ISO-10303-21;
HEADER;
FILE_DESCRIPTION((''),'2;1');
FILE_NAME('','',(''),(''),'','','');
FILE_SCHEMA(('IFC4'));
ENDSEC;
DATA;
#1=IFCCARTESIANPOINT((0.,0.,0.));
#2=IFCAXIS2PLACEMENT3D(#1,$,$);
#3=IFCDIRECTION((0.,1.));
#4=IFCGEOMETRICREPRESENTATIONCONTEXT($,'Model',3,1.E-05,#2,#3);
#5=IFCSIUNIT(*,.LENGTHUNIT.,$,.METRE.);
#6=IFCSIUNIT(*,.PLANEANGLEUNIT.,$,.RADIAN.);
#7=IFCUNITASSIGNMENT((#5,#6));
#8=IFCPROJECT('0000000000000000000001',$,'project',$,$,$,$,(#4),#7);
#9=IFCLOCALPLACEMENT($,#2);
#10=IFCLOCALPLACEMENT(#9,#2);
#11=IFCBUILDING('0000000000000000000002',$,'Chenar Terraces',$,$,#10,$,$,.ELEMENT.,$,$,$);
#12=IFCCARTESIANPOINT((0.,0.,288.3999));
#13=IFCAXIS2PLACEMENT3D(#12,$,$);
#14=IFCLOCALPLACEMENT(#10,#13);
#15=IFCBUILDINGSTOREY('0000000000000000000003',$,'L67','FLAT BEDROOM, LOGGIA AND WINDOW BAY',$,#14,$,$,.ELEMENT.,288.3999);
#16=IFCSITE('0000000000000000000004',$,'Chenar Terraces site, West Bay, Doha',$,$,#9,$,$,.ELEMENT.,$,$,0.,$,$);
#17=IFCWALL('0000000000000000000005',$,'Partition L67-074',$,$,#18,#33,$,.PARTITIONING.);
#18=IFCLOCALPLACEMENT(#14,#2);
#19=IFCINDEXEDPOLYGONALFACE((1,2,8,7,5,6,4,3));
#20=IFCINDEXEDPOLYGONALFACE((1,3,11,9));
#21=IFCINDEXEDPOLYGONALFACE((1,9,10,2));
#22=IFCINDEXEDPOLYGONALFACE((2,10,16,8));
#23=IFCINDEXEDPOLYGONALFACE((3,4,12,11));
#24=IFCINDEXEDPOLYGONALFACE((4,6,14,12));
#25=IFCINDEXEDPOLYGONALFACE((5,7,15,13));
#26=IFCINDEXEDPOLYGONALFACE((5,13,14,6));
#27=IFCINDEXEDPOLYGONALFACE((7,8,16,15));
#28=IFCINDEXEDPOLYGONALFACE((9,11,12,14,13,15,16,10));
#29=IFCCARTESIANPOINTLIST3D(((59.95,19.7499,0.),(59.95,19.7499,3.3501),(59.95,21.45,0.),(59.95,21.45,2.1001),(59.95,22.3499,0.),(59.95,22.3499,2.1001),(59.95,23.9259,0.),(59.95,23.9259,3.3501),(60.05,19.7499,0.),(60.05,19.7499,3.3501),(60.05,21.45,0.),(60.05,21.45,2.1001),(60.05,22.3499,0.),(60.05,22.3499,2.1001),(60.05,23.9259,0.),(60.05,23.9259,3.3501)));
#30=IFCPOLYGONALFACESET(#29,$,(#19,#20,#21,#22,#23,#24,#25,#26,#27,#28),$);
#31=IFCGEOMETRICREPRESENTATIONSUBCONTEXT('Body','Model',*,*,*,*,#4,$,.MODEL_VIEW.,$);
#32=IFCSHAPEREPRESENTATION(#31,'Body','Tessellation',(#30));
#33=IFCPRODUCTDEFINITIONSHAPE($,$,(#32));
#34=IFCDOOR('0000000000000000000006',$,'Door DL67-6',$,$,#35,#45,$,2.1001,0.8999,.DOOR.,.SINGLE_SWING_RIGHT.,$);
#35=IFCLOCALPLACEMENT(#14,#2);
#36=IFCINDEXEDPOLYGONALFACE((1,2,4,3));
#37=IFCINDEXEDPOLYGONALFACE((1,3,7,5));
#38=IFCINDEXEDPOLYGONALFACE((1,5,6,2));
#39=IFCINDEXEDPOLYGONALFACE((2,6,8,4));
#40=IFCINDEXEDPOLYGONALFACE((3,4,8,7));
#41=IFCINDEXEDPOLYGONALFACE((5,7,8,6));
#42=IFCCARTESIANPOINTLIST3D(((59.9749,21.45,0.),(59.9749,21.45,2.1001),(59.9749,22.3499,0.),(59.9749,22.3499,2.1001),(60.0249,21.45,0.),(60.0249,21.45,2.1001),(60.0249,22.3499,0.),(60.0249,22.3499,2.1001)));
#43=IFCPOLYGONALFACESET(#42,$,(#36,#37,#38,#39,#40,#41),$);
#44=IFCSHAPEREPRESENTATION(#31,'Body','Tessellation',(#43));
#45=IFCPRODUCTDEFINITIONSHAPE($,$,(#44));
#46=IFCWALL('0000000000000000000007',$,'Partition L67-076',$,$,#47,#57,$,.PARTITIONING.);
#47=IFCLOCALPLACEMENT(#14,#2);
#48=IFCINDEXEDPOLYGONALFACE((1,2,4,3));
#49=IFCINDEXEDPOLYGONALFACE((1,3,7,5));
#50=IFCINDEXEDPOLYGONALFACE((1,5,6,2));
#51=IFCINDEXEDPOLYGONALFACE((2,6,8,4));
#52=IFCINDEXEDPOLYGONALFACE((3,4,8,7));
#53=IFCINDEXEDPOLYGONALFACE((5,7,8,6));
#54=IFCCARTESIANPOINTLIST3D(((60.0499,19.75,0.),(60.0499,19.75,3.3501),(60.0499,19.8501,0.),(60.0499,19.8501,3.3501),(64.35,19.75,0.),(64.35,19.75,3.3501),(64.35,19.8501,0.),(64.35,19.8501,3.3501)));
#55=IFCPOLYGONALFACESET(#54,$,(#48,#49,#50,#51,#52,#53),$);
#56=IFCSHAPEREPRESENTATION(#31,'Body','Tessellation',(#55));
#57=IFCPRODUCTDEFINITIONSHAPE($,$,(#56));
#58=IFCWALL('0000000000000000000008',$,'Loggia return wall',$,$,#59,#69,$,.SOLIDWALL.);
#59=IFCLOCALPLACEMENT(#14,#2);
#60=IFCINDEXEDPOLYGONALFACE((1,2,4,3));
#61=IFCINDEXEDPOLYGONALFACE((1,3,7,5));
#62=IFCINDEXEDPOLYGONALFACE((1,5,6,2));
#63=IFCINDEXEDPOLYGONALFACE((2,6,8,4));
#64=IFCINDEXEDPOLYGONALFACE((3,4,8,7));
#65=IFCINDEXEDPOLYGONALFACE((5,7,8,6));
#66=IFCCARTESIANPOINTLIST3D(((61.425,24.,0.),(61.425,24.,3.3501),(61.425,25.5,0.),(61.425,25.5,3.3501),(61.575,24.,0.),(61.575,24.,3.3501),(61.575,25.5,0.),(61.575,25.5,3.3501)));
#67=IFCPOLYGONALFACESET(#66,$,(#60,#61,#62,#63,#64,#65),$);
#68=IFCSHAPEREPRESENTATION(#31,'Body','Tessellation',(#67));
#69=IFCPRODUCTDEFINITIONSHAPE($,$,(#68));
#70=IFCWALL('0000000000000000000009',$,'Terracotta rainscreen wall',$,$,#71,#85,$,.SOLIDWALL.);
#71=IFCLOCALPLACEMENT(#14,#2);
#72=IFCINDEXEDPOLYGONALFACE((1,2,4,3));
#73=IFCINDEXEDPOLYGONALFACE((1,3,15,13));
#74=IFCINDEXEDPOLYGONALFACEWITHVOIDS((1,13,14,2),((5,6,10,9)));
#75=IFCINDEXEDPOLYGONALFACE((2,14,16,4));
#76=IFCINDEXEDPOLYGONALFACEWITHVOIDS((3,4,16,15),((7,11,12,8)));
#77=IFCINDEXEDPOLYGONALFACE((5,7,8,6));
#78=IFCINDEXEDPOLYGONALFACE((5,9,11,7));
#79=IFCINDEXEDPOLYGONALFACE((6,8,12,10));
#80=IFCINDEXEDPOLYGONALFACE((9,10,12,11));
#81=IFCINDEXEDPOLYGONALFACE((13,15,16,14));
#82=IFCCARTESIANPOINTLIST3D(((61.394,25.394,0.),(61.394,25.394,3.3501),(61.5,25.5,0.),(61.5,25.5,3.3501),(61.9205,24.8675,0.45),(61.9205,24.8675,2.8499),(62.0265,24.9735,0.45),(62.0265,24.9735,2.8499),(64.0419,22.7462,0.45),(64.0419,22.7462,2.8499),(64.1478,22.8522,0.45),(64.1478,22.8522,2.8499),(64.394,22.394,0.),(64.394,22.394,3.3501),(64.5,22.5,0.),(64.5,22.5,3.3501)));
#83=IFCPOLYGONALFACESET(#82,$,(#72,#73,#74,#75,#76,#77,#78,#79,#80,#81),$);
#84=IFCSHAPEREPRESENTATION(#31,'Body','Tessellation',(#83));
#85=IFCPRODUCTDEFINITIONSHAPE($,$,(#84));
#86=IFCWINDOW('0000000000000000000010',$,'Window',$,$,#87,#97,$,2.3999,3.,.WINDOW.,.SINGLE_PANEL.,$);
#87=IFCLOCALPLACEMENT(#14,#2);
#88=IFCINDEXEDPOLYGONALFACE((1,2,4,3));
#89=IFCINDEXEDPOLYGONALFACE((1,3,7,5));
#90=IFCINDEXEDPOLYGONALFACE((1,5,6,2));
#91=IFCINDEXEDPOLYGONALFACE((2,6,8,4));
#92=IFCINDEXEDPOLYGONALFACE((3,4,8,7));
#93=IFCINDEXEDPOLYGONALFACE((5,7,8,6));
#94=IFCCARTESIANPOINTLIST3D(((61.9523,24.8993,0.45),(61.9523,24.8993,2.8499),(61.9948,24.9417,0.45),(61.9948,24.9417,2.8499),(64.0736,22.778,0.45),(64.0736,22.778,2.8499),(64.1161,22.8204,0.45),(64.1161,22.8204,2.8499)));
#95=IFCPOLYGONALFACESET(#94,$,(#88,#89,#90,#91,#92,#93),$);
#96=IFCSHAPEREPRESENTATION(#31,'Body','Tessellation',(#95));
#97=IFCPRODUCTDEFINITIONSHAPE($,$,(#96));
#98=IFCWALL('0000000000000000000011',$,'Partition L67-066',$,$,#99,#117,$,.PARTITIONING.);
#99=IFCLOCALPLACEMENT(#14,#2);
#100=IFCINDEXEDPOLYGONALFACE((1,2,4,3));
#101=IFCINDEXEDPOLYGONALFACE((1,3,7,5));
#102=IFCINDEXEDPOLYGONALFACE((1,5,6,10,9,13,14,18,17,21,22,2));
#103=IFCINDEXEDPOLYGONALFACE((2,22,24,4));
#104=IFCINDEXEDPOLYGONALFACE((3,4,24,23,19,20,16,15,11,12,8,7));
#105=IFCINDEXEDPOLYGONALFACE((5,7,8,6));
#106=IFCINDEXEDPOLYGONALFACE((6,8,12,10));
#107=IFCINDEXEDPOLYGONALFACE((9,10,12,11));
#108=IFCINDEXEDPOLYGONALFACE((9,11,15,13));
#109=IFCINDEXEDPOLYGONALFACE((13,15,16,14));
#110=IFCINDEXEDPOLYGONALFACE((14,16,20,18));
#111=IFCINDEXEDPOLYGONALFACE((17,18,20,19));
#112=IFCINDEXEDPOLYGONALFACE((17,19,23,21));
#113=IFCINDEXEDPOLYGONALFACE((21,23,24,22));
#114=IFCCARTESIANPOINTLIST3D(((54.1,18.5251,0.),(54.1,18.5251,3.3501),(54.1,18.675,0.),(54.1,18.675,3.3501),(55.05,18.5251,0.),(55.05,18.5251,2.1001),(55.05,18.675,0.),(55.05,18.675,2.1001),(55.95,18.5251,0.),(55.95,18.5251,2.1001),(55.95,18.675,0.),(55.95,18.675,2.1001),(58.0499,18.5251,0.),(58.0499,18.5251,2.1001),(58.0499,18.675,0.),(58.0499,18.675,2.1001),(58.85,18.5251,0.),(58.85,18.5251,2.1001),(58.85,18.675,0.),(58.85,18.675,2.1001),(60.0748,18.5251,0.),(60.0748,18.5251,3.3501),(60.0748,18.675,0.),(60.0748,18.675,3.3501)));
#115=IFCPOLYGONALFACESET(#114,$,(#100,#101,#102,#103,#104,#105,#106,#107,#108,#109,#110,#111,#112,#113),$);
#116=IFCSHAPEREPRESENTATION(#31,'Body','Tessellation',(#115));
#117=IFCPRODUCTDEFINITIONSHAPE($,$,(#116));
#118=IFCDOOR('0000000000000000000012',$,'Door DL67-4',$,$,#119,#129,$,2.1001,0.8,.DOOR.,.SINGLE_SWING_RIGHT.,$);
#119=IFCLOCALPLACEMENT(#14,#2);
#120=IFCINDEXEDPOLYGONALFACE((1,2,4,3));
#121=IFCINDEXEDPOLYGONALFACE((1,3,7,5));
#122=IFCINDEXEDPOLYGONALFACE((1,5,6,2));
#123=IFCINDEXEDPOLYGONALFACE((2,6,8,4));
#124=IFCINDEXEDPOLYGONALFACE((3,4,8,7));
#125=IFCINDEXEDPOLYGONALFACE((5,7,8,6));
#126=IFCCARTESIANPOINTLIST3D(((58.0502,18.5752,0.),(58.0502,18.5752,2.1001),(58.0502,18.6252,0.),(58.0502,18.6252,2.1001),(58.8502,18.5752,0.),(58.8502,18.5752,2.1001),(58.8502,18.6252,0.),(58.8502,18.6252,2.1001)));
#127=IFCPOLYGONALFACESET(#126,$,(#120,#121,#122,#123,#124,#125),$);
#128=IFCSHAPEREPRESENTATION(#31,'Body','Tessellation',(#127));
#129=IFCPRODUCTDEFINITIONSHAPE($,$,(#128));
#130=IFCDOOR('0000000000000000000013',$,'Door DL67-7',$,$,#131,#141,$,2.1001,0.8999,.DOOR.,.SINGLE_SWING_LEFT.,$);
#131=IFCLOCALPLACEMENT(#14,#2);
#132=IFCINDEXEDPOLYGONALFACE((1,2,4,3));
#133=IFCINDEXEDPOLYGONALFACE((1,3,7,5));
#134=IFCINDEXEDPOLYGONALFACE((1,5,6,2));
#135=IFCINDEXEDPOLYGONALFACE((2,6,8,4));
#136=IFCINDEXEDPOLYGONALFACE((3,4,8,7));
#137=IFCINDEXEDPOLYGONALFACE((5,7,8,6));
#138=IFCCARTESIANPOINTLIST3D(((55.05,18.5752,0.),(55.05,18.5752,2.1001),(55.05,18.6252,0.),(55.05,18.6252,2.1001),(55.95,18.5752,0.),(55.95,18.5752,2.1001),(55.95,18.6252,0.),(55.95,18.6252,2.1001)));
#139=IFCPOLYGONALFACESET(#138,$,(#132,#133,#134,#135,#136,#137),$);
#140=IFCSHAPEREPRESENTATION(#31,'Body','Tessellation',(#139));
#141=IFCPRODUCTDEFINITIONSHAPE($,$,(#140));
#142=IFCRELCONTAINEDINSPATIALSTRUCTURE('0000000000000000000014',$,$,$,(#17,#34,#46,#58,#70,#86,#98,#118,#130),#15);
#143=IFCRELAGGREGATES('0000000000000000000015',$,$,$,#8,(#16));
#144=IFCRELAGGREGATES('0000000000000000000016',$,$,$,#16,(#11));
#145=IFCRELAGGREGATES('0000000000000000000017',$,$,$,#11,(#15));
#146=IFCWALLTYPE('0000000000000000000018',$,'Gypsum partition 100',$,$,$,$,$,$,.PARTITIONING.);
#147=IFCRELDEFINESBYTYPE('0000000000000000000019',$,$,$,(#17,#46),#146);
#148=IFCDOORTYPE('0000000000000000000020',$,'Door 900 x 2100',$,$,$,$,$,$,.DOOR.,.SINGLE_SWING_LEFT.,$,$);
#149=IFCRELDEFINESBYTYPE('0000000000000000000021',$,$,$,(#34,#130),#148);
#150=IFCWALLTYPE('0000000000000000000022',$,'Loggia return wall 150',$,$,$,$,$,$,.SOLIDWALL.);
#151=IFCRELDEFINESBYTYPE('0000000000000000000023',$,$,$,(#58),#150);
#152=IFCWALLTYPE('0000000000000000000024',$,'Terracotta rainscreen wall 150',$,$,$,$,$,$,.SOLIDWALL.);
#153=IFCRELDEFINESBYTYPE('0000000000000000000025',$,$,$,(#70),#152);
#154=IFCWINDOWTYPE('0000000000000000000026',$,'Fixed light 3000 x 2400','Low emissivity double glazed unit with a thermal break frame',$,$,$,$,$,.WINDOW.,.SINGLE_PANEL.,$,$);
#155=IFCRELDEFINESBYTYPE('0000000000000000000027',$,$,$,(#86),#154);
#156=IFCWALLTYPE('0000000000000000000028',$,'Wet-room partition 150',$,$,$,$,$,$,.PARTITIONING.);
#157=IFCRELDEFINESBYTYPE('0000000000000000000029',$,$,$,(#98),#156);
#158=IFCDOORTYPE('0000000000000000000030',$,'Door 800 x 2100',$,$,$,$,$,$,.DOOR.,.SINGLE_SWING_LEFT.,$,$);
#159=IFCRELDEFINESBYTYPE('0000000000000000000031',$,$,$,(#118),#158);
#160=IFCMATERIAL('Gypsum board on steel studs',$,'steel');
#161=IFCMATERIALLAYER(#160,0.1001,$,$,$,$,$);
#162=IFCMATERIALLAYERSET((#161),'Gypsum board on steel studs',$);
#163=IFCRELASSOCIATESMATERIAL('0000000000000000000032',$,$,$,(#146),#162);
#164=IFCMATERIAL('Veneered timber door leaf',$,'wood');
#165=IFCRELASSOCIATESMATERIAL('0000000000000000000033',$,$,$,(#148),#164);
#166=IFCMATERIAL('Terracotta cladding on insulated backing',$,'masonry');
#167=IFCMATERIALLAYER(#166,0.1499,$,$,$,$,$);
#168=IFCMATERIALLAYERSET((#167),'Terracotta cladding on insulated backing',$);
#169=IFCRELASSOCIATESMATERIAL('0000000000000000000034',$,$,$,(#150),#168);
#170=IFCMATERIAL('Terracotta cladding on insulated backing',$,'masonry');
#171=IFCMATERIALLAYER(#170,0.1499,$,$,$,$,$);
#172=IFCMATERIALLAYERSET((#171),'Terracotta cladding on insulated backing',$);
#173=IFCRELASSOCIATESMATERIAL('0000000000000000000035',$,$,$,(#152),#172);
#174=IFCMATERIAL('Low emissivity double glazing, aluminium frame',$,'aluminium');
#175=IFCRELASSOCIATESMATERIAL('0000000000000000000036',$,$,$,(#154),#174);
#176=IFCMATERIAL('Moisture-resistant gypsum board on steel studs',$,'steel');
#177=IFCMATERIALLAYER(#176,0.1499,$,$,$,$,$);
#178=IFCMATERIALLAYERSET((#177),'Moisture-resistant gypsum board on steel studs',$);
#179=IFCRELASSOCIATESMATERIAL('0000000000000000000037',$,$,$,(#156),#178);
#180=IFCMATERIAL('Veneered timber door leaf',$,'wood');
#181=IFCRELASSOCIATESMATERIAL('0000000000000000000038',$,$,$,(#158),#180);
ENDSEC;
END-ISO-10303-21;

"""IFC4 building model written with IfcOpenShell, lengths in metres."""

from ifc_helpers import new_model, si_unit, direction, frame, frame_2d, origin, place, context, subcontext, project, spatial, rectangle, extrude, material, layer, layer_set, type_object, element, fill, save


model = new_model("IFC4")

# Units and contexts
model_context = context("Model", 3, precision=1e-05, world=origin(), true_north=direction((0.0, 1.0)))
body_context = subcontext(model_context, "Body", "Model", "MODEL_VIEW")
ifc_project = project(units=[si_unit("LENGTHUNIT", "METRE"), si_unit("PLANEANGLEUNIT", "RADIAN")], contexts=[model_context])

# Site, building, storey
site_placement = place(None, origin())
site = spatial("IfcSite", under=ifc_project, at=site_placement, Name="Chenar Terraces site, West Bay, Doha", CompositionType="ELEMENT", RefElevation=0.0)
building_placement = place(site_placement, origin())
building = spatial("IfcBuilding", under=site, at=building_placement, Name="Chenar Terraces", CompositionType="ELEMENT")
storey_placement = place(building_placement, frame((0.0, 0.0, 288.3999)))
storey = spatial("IfcBuildingStorey", under=building, at=storey_placement, Name="L67", Description="FLAT BEDROOM, LOGGIA AND WINDOW BAY", CompositionType="ELEMENT", Elevation=288.3999)

# Shared definitions
ifc_material_1 = material(Name="Gypsum board on steel studs", Category="steel")
ifc_layer_1 = layer(ifc_material_1, 0.1001)
ifc_layer_set_1 = layer_set([ifc_layer_1], Name="Gypsum board on steel studs")
wall_type_1 = type_object("IfcWallType", Name="Gypsum partition 100", PredefinedType="PARTITIONING", material=ifc_layer_set_1)

# Wall, opening, door
ifc_material_2 = material(Name="Veneered timber door leaf", Category="wood")
door_type_1 = type_object("IfcDoorType", Name="Door 900 x 2100", OperationType="SINGLE_SWING_LEFT", PredefinedType="DOOR", material=ifc_material_2)
wall_1_placement = place(storey_placement, frame((60.0, 19.75, 0.0), z_axis=(0.0, 0.0, 1.0), x_axis=(0.0, 1.0, 0.0)))
wall_1 = element("IfcWall", 1, at=wall_1_placement, inside=storey, type_object=wall_type_1, Name="Partition L67-074", PredefinedType="PARTITIONING", context=body_context, shape_type="SweptSolid", body=[
    extrude(rectangle(XDim=4.176, YDim=0.1001, at=frame_2d((2.0879, 0.0))), origin(), (0.0, 0.0, 1.0), 3.3501),
])
opening_1_placement = place(wall_1_placement, frame((1.7, 0.0, 0.0)))
opening_1 = element("IfcOpeningElement", 2, at=opening_1_placement, cuts=wall_1, PredefinedType="OPENING", context=body_context, shape_type="SweptSolid", body=[
    extrude(rectangle(XDim=0.8999, YDim=2.1001, at=frame_2d((0.45, 1.05))), frame((0.0, 0.0601, 0.0), z_axis=(0.0, -1.0, 0.0), x_axis=(1.0, 0.0, 0.0)), (0.0, 0.0, 1.0), 0.1201),
])
door_1_placement = place(opening_1_placement, frame((0.8999, 0.0, 0.0), z_axis=(0.0, 0.0, 1.0), x_axis=(-1.0, 0.0, 0.0)))
door_1 = element("IfcDoor", 3, at=door_1_placement, inside=storey, type_object=door_type_1, Name="Door DL67-6", OperationType="SINGLE_SWING_RIGHT", OverallHeight=2.1001, OverallWidth=0.8999, PredefinedType="DOOR", context=body_context, shape_type="SweptSolid", body=[
    extrude(rectangle(XDim=0.8999, YDim=2.1001, at=frame_2d((0.45, 1.05))), frame((0.0, 0.0249, 0.0), z_axis=(0.0, -1.0, 0.0), x_axis=(1.0, 0.0, 0.0)), (0.0, 0.0, 1.0), 0.05),
])
fill(opening_1, door_1)

# Walls
wall_2_placement = place(storey_placement, frame((60.05, 19.8, 0.0), z_axis=(0.0, 0.0, 1.0), x_axis=(1.0, 0.0, 0.0)))
element("IfcWall", 4, at=wall_2_placement, inside=storey, type_object=wall_type_1, Name="Partition L67-076", PredefinedType="PARTITIONING", context=body_context, shape_type="SweptSolid", body=[
    extrude(rectangle(XDim=4.3, YDim=0.1001, at=frame_2d((2.1499, 0.0))), origin(), (0.0, 0.0, 1.0), 3.3501),
])
ifc_material_3 = material(Name="Terracotta cladding on insulated backing", Category="masonry")
ifc_layer_2 = layer(ifc_material_3, 0.1499)
ifc_layer_set_2 = layer_set([ifc_layer_2], Name="Terracotta cladding on insulated backing")
wall_type_2 = type_object("IfcWallType", Name="Loggia return wall 150", PredefinedType="SOLIDWALL", material=ifc_layer_set_2)
wall_3_placement = place(storey_placement, frame((61.5, 25.5, 0.0), z_axis=(0.0, 0.0, 1.0), x_axis=(0.0, -1.0, 0.0)))
element("IfcWall", 5, at=wall_3_placement, inside=storey, type_object=wall_type_2, Name="Loggia return wall", PredefinedType="SOLIDWALL", context=body_context, shape_type="SweptSolid", body=[
    extrude(rectangle(XDim=1.5, YDim=0.1499, at=frame_2d((0.75, 0.0))), origin(), (0.0, 0.0, 1.0), 3.3501),
])

# Wall, opening, window
ifc_material_4 = material(Name="Terracotta cladding on insulated backing", Category="masonry")
ifc_layer_3 = layer(ifc_material_4, 0.1499)
ifc_layer_set_3 = layer_set([ifc_layer_3], Name="Terracotta cladding on insulated backing")
wall_type_3 = type_object("IfcWallType", Name="Terracotta rainscreen wall 150", PredefinedType="SOLIDWALL", material=ifc_layer_set_3)
wall_4_placement = place(storey_placement, frame((64.447, 22.447, 0.0), z_axis=(0.0, 0.0, 1.0), x_axis=(-0.707107, 0.707107, 0.0)))
wall_4 = element("IfcWall", 6, at=wall_4_placement, inside=storey, type_object=wall_type_3, Name="Terracotta rainscreen wall", PredefinedType="SOLIDWALL", context=body_context, shape_type="SweptSolid", body=[
    extrude(rectangle(XDim=4.2427, YDim=0.1499, at=frame_2d((2.1213, 0.0))), origin(), (0.0, 0.0, 1.0), 3.3501),
])
opening_2_placement = place(wall_4_placement, frame((0.498, 0.0, 0.45)))
opening_2 = element("IfcOpeningElement", 7, at=opening_2_placement, cuts=wall_4, PredefinedType="OPENING", context=body_context, shape_type="SweptSolid", body=[
    extrude(rectangle(XDim=3.0, YDim=2.3999, at=frame_2d((1.5, 1.2))), frame((0.0, 0.085, 0.0), z_axis=(0.0, -1.0, 0.0), x_axis=(1.0, 0.0, 0.0)), (0.0, 0.0, 1.0), 0.1699),
])
ifc_material_5 = material(Name="Low emissivity double glazing, aluminium frame", Category="aluminium")
window_type_1 = type_object("IfcWindowType", Name="Fixed light 3000 x 2400", Description="Low emissivity double glazed unit with a thermal break frame", PartitioningType="SINGLE_PANEL", PredefinedType="WINDOW", material=ifc_material_5)
window_1_placement = place(opening_2_placement, origin())
window_1 = element("IfcWindow", 8, at=window_1_placement, inside=storey, type_object=window_type_1, Name="Window", OverallHeight=2.3999, OverallWidth=3.0, PartitioningType="SINGLE_PANEL", PredefinedType="WINDOW", context=body_context, shape_type="SweptSolid", body=[
    extrude(rectangle(XDim=3.0, YDim=2.3999, at=frame_2d((1.5, 1.2))), frame((0.0, 0.03, 0.0), z_axis=(0.0, -1.0, 0.0), x_axis=(1.0, 0.0, 0.0)), (0.0, 0.0, 1.0), 0.0601),
])
fill(opening_2, window_1)

# Wall, openings, doors
ifc_material_6 = material(Name="Moisture-resistant gypsum board on steel studs", Category="steel")
ifc_layer_4 = layer(ifc_material_6, 0.1499)
ifc_layer_set_4 = layer_set([ifc_layer_4], Name="Moisture-resistant gypsum board on steel studs")
wall_type_4 = type_object("IfcWallType", Name="Wet-room partition 150", PredefinedType="PARTITIONING", material=ifc_layer_set_4)
wall_5_placement = place(storey_placement, frame((54.1001, 18.6001, 0.0), z_axis=(0.0, 0.0, 1.0), x_axis=(1.0, 0.0, 0.0)))
wall_5 = element("IfcWall", 9, at=wall_5_placement, inside=storey, type_object=wall_type_4, Name="Partition L67-066", PredefinedType="PARTITIONING", context=body_context, shape_type="SweptSolid", body=[
    extrude(rectangle(XDim=5.9749, YDim=0.1499, at=frame_2d((2.9873, 0.0))), origin(), (0.0, 0.0, 1.0), 3.3501),
])
opening_3_placement = place(wall_5_placement, frame((3.95, 0.0, 0.0)))
opening_3 = element("IfcOpeningElement", 10, at=opening_3_placement, cuts=wall_5, PredefinedType="OPENING", context=body_context, shape_type="SweptSolid", body=[
    extrude(rectangle(XDim=0.8, YDim=2.1001, at=frame_2d((0.3999, 1.05))), frame((0.0, 0.085, 0.0), z_axis=(0.0, -1.0, 0.0), x_axis=(1.0, 0.0, 0.0)), (0.0, 0.0, 1.0), 0.1699),
])
opening_4_placement = place(wall_5_placement, frame((0.95, 0.0, 0.0)))
opening_4 = element("IfcOpeningElement", 11, at=opening_4_placement, cuts=wall_5, PredefinedType="OPENING", context=body_context, shape_type="SweptSolid", body=[
    extrude(rectangle(XDim=0.8999, YDim=2.1001, at=frame_2d((0.45, 1.05))), frame((0.0, 0.085, 0.0), z_axis=(0.0, -1.0, 0.0), x_axis=(1.0, 0.0, 0.0)), (0.0, 0.0, 1.0), 0.1699),
])
ifc_material_7 = material(Name="Veneered timber door leaf", Category="wood")
door_type_2 = type_object("IfcDoorType", Name="Door 800 x 2100", OperationType="SINGLE_SWING_LEFT", PredefinedType="DOOR", material=ifc_material_7)
door_2_placement = place(opening_3_placement, frame((0.8, 0.0, 0.0), z_axis=(0.0, 0.0, 1.0), x_axis=(-1.0, 0.0, 0.0)))
door_2 = element("IfcDoor", 12, at=door_2_placement, inside=storey, type_object=door_type_2, Name="Door DL67-4", OperationType="SINGLE_SWING_RIGHT", OverallHeight=2.1001, OverallWidth=0.8, PredefinedType="DOOR", context=body_context, shape_type="SweptSolid", body=[
    extrude(rectangle(XDim=0.8, YDim=2.1001, at=frame_2d((0.3999, 1.05))), frame((0.0, 0.0249, 0.0), z_axis=(0.0, -1.0, 0.0), x_axis=(1.0, 0.0, 0.0)), (0.0, 0.0, 1.0), 0.05),
])
fill(opening_3, door_2)
door_3_placement = place(opening_4_placement, frame((0.8999, 0.0, 0.0), z_axis=(0.0, 0.0, 1.0), x_axis=(-1.0, 0.0, 0.0)))
door_3 = element("IfcDoor", 13, at=door_3_placement, inside=storey, type_object=door_type_1, Name="Door DL67-7", OperationType="SINGLE_SWING_LEFT", OverallHeight=2.1001, OverallWidth=0.8999, PredefinedType="DOOR", context=body_context, shape_type="SweptSolid", body=[
    extrude(rectangle(XDim=0.8999, YDim=2.1001, at=frame_2d((0.45, 1.05))), frame((0.0, 0.0249, 0.0), z_axis=(0.0, -1.0, 0.0), x_axis=(1.0, 0.0, 0.0)), (0.0, 0.0, 1.0), 0.05),
])
fill(opening_4, door_3)

save(model, "model.ifc")
